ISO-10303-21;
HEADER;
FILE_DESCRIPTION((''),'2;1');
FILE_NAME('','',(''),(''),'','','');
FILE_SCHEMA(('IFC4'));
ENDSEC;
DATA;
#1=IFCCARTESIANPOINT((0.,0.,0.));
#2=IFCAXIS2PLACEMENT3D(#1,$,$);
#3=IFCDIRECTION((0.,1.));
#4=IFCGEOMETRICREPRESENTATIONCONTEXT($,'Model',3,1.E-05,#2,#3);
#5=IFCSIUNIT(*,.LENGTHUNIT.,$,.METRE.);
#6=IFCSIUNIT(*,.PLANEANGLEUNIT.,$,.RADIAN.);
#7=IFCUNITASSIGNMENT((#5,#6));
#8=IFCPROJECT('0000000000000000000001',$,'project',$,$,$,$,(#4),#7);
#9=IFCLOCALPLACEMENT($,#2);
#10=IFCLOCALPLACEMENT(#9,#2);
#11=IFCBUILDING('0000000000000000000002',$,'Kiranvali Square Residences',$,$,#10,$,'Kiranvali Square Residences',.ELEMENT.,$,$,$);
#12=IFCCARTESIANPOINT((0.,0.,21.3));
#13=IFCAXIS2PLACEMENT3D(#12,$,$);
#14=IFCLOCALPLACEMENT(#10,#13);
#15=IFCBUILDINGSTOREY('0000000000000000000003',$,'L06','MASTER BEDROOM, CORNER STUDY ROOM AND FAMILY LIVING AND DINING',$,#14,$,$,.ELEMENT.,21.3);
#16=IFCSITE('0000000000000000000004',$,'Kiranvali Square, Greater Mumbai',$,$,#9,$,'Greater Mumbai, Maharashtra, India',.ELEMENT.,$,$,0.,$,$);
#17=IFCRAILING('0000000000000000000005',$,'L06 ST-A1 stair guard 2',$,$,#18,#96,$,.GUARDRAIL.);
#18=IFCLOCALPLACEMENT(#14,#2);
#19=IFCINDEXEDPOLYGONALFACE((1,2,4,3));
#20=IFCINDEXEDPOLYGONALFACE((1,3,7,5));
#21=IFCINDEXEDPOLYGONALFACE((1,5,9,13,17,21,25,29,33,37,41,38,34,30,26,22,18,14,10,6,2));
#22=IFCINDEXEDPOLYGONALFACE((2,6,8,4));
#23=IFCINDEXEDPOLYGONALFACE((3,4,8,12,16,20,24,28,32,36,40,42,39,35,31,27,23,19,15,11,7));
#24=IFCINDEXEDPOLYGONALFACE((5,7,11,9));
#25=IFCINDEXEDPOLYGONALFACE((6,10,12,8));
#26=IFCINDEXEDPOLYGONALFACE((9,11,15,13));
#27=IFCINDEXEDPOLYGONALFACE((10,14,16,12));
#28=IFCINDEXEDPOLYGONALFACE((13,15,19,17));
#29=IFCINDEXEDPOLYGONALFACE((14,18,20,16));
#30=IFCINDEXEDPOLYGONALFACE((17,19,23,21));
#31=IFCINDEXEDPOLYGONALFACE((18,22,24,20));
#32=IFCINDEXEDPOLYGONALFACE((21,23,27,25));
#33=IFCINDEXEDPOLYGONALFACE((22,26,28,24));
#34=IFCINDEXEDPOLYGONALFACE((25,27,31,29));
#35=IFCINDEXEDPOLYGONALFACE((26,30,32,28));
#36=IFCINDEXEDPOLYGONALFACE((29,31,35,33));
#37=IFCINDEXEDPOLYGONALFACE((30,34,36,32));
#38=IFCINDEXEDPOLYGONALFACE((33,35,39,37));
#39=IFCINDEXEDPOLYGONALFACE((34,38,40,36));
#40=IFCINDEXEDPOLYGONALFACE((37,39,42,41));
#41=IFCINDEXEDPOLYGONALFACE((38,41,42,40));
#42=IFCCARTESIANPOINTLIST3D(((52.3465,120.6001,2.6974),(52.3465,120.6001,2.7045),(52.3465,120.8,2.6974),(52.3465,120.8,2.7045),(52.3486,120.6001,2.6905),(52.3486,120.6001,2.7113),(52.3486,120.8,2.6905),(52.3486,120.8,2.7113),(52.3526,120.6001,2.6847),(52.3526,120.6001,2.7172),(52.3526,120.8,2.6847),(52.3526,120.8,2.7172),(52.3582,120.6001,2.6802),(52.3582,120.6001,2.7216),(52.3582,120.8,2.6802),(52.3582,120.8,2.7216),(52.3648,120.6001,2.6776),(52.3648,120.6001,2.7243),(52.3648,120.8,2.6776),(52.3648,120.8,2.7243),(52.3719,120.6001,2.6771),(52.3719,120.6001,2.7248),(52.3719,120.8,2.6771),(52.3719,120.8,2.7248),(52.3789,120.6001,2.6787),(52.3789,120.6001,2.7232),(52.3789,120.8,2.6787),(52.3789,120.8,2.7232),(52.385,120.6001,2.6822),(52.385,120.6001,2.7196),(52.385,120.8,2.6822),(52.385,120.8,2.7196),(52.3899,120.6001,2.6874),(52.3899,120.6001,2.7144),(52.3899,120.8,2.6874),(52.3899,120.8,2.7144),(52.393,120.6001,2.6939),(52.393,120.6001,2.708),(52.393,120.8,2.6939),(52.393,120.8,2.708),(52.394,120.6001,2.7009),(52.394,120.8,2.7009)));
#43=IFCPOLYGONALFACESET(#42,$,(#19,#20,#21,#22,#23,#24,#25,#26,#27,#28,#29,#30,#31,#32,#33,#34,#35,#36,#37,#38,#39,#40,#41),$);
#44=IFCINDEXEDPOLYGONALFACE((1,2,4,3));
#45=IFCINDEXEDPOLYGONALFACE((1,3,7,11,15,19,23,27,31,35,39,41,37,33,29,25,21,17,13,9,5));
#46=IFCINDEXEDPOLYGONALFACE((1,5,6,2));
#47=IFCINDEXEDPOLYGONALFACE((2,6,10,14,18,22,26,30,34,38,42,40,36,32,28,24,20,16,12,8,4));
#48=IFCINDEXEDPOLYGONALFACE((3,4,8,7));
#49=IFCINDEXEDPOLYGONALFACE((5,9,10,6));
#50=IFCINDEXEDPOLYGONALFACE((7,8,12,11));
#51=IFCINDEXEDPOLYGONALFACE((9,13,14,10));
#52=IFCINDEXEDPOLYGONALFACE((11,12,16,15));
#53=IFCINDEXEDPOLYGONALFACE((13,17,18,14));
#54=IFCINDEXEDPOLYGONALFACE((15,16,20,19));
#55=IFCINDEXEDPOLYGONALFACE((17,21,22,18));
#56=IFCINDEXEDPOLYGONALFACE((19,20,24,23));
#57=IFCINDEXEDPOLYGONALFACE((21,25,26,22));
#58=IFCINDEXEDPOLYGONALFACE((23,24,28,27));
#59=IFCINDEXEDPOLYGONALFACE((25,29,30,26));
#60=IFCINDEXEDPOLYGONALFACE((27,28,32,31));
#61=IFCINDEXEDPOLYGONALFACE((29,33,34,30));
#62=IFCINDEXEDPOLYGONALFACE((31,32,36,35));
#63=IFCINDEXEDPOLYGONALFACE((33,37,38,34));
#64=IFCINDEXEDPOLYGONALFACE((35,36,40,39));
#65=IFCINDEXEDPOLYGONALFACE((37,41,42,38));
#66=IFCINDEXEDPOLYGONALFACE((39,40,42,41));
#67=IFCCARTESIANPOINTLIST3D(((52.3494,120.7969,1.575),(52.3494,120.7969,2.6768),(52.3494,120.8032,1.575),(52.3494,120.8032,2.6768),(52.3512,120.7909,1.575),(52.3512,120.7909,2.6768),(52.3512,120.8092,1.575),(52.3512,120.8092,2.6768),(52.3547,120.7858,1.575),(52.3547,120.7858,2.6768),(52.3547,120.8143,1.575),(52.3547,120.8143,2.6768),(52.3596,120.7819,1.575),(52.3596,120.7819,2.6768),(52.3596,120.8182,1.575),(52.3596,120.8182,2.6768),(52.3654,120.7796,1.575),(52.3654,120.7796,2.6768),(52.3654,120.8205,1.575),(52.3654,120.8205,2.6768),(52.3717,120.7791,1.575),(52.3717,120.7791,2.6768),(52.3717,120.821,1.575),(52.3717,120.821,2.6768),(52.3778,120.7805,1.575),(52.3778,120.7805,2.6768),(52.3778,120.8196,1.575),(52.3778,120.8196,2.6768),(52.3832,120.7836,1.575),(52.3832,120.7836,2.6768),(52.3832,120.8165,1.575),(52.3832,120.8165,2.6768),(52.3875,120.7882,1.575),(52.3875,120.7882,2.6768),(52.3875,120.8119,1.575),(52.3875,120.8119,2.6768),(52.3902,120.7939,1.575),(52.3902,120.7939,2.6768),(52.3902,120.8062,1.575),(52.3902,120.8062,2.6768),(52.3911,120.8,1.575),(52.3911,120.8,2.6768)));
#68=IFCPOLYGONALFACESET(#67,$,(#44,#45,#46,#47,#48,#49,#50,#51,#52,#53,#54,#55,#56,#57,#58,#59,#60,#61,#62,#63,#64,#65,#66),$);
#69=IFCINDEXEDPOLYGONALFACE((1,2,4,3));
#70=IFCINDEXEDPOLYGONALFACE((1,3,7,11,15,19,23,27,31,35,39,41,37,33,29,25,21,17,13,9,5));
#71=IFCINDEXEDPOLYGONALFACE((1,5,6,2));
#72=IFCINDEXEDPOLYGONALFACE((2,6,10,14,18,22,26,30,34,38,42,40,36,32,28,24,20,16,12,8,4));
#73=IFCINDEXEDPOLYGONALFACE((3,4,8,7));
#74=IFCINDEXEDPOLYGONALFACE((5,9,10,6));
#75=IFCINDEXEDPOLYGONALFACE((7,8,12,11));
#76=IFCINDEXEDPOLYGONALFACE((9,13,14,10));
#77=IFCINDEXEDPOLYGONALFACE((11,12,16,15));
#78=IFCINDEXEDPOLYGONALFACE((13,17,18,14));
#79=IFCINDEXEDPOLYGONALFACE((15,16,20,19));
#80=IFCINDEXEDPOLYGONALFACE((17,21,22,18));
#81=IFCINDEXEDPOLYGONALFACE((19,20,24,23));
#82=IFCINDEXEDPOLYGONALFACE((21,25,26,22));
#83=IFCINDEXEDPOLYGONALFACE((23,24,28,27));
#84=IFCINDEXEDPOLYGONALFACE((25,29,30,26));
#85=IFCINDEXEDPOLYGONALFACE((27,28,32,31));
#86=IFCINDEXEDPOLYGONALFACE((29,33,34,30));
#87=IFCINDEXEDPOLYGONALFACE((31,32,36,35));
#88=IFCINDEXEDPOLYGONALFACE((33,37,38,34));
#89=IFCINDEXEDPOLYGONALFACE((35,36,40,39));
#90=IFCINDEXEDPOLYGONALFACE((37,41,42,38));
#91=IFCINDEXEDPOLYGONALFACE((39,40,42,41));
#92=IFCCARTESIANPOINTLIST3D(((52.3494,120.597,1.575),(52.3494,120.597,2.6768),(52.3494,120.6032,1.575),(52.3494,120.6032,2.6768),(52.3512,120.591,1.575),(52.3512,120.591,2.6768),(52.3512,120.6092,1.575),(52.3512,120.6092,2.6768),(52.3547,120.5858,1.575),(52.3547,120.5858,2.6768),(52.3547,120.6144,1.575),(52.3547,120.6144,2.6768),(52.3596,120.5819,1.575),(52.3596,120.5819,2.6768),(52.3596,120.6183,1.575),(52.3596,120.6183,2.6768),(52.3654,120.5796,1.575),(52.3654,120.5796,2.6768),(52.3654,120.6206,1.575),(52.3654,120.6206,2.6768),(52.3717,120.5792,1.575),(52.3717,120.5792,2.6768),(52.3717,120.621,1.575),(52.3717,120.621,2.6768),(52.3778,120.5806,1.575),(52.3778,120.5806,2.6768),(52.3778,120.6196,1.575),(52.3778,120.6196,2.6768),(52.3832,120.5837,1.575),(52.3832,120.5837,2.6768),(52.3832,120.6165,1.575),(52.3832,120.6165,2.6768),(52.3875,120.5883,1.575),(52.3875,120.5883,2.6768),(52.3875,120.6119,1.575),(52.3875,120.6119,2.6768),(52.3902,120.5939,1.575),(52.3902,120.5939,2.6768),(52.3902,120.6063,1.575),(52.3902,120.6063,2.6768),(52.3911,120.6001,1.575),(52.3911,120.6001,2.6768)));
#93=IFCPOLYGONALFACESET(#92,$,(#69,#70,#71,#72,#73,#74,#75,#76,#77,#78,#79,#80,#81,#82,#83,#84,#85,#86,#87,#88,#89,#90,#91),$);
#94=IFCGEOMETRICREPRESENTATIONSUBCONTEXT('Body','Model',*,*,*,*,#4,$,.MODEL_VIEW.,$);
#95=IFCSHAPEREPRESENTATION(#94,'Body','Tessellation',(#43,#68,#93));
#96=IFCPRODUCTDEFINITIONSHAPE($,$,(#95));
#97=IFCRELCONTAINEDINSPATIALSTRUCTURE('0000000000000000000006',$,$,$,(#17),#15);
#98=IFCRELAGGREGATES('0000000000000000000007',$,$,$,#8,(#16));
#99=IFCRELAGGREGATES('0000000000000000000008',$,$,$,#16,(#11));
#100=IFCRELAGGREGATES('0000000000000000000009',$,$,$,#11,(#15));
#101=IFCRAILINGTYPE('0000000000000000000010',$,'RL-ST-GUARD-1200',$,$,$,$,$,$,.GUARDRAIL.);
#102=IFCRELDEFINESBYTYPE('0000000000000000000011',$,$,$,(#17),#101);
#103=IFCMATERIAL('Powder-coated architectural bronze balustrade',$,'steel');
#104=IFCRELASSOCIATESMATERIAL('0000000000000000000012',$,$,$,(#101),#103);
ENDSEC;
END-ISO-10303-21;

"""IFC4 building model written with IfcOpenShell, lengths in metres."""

from ifc_helpers import new_model, si_unit, direction, frame, origin, origin_2d, place, context, subcontext, project, spatial, circle, extrude, material, type_object, element, save


model = new_model("IFC4")

# Units and contexts
model_context = context("Model", 3, precision=1e-05, world=origin(), true_north=direction((0.0, 1.0)))
body_context = subcontext(model_context, "Body", "Model", "MODEL_VIEW")
ifc_project = project(units=[si_unit("LENGTHUNIT", "METRE"), si_unit("PLANEANGLEUNIT", "RADIAN")], contexts=[model_context])

# Site, building, storey
site_placement = place(None, origin())
site = spatial("IfcSite", under=ifc_project, at=site_placement, Name="Kiranvali Square, Greater Mumbai", LongName="Greater Mumbai, Maharashtra, India", CompositionType="ELEMENT", RefElevation=0.0)
building_placement = place(site_placement, origin())
building = spatial("IfcBuilding", under=site, at=building_placement, Name="Kiranvali Square Residences", LongName="Kiranvali Square Residences", CompositionType="ELEMENT")
storey_placement = place(building_placement, frame((0.0, 0.0, 21.3)))
storey = spatial("IfcBuildingStorey", under=building, at=storey_placement, Name="L06", Description="MASTER BEDROOM, CORNER STUDY ROOM AND FAMILY LIVING AND DINING", CompositionType="ELEMENT", Elevation=21.3)

# Railing
ifc_material_1 = material(Name="Powder-coated architectural bronze balustrade", Category="steel")
railing_type_1 = type_object("IfcRailingType", Name="RL-ST-GUARD-1200", PredefinedType="GUARDRAIL", material=ifc_material_1)
railing_1_placement = place(storey_placement, frame((52.3701, 120.8, 1.575)))
element("IfcRailing", 1, at=railing_1_placement, inside=storey, type_object=railing_type_1, Name="L06 ST-A1 stair guard 2", PredefinedType="GUARDRAIL", context=body_context, shape_type="SweptSolid", body=[
    extrude(circle(Radius=0.0239, at=origin_2d()), frame((0.0, 0.0, 1.126), z_axis=(0.0, -1.0, 0.0), x_axis=(1.0, 0.0, 0.0)), (0.0, 0.0, 1.0), 0.2),
    extrude(circle(Radius=0.021, at=origin_2d()), origin(), (0.0, 0.0, 1.0), 1.1018),
    extrude(circle(Radius=0.021, at=origin_2d()), frame((0.0, -0.2, 0.0)), (0.0, 0.0, 1.0), 1.1018),
])

save(model, "model.ifc")
